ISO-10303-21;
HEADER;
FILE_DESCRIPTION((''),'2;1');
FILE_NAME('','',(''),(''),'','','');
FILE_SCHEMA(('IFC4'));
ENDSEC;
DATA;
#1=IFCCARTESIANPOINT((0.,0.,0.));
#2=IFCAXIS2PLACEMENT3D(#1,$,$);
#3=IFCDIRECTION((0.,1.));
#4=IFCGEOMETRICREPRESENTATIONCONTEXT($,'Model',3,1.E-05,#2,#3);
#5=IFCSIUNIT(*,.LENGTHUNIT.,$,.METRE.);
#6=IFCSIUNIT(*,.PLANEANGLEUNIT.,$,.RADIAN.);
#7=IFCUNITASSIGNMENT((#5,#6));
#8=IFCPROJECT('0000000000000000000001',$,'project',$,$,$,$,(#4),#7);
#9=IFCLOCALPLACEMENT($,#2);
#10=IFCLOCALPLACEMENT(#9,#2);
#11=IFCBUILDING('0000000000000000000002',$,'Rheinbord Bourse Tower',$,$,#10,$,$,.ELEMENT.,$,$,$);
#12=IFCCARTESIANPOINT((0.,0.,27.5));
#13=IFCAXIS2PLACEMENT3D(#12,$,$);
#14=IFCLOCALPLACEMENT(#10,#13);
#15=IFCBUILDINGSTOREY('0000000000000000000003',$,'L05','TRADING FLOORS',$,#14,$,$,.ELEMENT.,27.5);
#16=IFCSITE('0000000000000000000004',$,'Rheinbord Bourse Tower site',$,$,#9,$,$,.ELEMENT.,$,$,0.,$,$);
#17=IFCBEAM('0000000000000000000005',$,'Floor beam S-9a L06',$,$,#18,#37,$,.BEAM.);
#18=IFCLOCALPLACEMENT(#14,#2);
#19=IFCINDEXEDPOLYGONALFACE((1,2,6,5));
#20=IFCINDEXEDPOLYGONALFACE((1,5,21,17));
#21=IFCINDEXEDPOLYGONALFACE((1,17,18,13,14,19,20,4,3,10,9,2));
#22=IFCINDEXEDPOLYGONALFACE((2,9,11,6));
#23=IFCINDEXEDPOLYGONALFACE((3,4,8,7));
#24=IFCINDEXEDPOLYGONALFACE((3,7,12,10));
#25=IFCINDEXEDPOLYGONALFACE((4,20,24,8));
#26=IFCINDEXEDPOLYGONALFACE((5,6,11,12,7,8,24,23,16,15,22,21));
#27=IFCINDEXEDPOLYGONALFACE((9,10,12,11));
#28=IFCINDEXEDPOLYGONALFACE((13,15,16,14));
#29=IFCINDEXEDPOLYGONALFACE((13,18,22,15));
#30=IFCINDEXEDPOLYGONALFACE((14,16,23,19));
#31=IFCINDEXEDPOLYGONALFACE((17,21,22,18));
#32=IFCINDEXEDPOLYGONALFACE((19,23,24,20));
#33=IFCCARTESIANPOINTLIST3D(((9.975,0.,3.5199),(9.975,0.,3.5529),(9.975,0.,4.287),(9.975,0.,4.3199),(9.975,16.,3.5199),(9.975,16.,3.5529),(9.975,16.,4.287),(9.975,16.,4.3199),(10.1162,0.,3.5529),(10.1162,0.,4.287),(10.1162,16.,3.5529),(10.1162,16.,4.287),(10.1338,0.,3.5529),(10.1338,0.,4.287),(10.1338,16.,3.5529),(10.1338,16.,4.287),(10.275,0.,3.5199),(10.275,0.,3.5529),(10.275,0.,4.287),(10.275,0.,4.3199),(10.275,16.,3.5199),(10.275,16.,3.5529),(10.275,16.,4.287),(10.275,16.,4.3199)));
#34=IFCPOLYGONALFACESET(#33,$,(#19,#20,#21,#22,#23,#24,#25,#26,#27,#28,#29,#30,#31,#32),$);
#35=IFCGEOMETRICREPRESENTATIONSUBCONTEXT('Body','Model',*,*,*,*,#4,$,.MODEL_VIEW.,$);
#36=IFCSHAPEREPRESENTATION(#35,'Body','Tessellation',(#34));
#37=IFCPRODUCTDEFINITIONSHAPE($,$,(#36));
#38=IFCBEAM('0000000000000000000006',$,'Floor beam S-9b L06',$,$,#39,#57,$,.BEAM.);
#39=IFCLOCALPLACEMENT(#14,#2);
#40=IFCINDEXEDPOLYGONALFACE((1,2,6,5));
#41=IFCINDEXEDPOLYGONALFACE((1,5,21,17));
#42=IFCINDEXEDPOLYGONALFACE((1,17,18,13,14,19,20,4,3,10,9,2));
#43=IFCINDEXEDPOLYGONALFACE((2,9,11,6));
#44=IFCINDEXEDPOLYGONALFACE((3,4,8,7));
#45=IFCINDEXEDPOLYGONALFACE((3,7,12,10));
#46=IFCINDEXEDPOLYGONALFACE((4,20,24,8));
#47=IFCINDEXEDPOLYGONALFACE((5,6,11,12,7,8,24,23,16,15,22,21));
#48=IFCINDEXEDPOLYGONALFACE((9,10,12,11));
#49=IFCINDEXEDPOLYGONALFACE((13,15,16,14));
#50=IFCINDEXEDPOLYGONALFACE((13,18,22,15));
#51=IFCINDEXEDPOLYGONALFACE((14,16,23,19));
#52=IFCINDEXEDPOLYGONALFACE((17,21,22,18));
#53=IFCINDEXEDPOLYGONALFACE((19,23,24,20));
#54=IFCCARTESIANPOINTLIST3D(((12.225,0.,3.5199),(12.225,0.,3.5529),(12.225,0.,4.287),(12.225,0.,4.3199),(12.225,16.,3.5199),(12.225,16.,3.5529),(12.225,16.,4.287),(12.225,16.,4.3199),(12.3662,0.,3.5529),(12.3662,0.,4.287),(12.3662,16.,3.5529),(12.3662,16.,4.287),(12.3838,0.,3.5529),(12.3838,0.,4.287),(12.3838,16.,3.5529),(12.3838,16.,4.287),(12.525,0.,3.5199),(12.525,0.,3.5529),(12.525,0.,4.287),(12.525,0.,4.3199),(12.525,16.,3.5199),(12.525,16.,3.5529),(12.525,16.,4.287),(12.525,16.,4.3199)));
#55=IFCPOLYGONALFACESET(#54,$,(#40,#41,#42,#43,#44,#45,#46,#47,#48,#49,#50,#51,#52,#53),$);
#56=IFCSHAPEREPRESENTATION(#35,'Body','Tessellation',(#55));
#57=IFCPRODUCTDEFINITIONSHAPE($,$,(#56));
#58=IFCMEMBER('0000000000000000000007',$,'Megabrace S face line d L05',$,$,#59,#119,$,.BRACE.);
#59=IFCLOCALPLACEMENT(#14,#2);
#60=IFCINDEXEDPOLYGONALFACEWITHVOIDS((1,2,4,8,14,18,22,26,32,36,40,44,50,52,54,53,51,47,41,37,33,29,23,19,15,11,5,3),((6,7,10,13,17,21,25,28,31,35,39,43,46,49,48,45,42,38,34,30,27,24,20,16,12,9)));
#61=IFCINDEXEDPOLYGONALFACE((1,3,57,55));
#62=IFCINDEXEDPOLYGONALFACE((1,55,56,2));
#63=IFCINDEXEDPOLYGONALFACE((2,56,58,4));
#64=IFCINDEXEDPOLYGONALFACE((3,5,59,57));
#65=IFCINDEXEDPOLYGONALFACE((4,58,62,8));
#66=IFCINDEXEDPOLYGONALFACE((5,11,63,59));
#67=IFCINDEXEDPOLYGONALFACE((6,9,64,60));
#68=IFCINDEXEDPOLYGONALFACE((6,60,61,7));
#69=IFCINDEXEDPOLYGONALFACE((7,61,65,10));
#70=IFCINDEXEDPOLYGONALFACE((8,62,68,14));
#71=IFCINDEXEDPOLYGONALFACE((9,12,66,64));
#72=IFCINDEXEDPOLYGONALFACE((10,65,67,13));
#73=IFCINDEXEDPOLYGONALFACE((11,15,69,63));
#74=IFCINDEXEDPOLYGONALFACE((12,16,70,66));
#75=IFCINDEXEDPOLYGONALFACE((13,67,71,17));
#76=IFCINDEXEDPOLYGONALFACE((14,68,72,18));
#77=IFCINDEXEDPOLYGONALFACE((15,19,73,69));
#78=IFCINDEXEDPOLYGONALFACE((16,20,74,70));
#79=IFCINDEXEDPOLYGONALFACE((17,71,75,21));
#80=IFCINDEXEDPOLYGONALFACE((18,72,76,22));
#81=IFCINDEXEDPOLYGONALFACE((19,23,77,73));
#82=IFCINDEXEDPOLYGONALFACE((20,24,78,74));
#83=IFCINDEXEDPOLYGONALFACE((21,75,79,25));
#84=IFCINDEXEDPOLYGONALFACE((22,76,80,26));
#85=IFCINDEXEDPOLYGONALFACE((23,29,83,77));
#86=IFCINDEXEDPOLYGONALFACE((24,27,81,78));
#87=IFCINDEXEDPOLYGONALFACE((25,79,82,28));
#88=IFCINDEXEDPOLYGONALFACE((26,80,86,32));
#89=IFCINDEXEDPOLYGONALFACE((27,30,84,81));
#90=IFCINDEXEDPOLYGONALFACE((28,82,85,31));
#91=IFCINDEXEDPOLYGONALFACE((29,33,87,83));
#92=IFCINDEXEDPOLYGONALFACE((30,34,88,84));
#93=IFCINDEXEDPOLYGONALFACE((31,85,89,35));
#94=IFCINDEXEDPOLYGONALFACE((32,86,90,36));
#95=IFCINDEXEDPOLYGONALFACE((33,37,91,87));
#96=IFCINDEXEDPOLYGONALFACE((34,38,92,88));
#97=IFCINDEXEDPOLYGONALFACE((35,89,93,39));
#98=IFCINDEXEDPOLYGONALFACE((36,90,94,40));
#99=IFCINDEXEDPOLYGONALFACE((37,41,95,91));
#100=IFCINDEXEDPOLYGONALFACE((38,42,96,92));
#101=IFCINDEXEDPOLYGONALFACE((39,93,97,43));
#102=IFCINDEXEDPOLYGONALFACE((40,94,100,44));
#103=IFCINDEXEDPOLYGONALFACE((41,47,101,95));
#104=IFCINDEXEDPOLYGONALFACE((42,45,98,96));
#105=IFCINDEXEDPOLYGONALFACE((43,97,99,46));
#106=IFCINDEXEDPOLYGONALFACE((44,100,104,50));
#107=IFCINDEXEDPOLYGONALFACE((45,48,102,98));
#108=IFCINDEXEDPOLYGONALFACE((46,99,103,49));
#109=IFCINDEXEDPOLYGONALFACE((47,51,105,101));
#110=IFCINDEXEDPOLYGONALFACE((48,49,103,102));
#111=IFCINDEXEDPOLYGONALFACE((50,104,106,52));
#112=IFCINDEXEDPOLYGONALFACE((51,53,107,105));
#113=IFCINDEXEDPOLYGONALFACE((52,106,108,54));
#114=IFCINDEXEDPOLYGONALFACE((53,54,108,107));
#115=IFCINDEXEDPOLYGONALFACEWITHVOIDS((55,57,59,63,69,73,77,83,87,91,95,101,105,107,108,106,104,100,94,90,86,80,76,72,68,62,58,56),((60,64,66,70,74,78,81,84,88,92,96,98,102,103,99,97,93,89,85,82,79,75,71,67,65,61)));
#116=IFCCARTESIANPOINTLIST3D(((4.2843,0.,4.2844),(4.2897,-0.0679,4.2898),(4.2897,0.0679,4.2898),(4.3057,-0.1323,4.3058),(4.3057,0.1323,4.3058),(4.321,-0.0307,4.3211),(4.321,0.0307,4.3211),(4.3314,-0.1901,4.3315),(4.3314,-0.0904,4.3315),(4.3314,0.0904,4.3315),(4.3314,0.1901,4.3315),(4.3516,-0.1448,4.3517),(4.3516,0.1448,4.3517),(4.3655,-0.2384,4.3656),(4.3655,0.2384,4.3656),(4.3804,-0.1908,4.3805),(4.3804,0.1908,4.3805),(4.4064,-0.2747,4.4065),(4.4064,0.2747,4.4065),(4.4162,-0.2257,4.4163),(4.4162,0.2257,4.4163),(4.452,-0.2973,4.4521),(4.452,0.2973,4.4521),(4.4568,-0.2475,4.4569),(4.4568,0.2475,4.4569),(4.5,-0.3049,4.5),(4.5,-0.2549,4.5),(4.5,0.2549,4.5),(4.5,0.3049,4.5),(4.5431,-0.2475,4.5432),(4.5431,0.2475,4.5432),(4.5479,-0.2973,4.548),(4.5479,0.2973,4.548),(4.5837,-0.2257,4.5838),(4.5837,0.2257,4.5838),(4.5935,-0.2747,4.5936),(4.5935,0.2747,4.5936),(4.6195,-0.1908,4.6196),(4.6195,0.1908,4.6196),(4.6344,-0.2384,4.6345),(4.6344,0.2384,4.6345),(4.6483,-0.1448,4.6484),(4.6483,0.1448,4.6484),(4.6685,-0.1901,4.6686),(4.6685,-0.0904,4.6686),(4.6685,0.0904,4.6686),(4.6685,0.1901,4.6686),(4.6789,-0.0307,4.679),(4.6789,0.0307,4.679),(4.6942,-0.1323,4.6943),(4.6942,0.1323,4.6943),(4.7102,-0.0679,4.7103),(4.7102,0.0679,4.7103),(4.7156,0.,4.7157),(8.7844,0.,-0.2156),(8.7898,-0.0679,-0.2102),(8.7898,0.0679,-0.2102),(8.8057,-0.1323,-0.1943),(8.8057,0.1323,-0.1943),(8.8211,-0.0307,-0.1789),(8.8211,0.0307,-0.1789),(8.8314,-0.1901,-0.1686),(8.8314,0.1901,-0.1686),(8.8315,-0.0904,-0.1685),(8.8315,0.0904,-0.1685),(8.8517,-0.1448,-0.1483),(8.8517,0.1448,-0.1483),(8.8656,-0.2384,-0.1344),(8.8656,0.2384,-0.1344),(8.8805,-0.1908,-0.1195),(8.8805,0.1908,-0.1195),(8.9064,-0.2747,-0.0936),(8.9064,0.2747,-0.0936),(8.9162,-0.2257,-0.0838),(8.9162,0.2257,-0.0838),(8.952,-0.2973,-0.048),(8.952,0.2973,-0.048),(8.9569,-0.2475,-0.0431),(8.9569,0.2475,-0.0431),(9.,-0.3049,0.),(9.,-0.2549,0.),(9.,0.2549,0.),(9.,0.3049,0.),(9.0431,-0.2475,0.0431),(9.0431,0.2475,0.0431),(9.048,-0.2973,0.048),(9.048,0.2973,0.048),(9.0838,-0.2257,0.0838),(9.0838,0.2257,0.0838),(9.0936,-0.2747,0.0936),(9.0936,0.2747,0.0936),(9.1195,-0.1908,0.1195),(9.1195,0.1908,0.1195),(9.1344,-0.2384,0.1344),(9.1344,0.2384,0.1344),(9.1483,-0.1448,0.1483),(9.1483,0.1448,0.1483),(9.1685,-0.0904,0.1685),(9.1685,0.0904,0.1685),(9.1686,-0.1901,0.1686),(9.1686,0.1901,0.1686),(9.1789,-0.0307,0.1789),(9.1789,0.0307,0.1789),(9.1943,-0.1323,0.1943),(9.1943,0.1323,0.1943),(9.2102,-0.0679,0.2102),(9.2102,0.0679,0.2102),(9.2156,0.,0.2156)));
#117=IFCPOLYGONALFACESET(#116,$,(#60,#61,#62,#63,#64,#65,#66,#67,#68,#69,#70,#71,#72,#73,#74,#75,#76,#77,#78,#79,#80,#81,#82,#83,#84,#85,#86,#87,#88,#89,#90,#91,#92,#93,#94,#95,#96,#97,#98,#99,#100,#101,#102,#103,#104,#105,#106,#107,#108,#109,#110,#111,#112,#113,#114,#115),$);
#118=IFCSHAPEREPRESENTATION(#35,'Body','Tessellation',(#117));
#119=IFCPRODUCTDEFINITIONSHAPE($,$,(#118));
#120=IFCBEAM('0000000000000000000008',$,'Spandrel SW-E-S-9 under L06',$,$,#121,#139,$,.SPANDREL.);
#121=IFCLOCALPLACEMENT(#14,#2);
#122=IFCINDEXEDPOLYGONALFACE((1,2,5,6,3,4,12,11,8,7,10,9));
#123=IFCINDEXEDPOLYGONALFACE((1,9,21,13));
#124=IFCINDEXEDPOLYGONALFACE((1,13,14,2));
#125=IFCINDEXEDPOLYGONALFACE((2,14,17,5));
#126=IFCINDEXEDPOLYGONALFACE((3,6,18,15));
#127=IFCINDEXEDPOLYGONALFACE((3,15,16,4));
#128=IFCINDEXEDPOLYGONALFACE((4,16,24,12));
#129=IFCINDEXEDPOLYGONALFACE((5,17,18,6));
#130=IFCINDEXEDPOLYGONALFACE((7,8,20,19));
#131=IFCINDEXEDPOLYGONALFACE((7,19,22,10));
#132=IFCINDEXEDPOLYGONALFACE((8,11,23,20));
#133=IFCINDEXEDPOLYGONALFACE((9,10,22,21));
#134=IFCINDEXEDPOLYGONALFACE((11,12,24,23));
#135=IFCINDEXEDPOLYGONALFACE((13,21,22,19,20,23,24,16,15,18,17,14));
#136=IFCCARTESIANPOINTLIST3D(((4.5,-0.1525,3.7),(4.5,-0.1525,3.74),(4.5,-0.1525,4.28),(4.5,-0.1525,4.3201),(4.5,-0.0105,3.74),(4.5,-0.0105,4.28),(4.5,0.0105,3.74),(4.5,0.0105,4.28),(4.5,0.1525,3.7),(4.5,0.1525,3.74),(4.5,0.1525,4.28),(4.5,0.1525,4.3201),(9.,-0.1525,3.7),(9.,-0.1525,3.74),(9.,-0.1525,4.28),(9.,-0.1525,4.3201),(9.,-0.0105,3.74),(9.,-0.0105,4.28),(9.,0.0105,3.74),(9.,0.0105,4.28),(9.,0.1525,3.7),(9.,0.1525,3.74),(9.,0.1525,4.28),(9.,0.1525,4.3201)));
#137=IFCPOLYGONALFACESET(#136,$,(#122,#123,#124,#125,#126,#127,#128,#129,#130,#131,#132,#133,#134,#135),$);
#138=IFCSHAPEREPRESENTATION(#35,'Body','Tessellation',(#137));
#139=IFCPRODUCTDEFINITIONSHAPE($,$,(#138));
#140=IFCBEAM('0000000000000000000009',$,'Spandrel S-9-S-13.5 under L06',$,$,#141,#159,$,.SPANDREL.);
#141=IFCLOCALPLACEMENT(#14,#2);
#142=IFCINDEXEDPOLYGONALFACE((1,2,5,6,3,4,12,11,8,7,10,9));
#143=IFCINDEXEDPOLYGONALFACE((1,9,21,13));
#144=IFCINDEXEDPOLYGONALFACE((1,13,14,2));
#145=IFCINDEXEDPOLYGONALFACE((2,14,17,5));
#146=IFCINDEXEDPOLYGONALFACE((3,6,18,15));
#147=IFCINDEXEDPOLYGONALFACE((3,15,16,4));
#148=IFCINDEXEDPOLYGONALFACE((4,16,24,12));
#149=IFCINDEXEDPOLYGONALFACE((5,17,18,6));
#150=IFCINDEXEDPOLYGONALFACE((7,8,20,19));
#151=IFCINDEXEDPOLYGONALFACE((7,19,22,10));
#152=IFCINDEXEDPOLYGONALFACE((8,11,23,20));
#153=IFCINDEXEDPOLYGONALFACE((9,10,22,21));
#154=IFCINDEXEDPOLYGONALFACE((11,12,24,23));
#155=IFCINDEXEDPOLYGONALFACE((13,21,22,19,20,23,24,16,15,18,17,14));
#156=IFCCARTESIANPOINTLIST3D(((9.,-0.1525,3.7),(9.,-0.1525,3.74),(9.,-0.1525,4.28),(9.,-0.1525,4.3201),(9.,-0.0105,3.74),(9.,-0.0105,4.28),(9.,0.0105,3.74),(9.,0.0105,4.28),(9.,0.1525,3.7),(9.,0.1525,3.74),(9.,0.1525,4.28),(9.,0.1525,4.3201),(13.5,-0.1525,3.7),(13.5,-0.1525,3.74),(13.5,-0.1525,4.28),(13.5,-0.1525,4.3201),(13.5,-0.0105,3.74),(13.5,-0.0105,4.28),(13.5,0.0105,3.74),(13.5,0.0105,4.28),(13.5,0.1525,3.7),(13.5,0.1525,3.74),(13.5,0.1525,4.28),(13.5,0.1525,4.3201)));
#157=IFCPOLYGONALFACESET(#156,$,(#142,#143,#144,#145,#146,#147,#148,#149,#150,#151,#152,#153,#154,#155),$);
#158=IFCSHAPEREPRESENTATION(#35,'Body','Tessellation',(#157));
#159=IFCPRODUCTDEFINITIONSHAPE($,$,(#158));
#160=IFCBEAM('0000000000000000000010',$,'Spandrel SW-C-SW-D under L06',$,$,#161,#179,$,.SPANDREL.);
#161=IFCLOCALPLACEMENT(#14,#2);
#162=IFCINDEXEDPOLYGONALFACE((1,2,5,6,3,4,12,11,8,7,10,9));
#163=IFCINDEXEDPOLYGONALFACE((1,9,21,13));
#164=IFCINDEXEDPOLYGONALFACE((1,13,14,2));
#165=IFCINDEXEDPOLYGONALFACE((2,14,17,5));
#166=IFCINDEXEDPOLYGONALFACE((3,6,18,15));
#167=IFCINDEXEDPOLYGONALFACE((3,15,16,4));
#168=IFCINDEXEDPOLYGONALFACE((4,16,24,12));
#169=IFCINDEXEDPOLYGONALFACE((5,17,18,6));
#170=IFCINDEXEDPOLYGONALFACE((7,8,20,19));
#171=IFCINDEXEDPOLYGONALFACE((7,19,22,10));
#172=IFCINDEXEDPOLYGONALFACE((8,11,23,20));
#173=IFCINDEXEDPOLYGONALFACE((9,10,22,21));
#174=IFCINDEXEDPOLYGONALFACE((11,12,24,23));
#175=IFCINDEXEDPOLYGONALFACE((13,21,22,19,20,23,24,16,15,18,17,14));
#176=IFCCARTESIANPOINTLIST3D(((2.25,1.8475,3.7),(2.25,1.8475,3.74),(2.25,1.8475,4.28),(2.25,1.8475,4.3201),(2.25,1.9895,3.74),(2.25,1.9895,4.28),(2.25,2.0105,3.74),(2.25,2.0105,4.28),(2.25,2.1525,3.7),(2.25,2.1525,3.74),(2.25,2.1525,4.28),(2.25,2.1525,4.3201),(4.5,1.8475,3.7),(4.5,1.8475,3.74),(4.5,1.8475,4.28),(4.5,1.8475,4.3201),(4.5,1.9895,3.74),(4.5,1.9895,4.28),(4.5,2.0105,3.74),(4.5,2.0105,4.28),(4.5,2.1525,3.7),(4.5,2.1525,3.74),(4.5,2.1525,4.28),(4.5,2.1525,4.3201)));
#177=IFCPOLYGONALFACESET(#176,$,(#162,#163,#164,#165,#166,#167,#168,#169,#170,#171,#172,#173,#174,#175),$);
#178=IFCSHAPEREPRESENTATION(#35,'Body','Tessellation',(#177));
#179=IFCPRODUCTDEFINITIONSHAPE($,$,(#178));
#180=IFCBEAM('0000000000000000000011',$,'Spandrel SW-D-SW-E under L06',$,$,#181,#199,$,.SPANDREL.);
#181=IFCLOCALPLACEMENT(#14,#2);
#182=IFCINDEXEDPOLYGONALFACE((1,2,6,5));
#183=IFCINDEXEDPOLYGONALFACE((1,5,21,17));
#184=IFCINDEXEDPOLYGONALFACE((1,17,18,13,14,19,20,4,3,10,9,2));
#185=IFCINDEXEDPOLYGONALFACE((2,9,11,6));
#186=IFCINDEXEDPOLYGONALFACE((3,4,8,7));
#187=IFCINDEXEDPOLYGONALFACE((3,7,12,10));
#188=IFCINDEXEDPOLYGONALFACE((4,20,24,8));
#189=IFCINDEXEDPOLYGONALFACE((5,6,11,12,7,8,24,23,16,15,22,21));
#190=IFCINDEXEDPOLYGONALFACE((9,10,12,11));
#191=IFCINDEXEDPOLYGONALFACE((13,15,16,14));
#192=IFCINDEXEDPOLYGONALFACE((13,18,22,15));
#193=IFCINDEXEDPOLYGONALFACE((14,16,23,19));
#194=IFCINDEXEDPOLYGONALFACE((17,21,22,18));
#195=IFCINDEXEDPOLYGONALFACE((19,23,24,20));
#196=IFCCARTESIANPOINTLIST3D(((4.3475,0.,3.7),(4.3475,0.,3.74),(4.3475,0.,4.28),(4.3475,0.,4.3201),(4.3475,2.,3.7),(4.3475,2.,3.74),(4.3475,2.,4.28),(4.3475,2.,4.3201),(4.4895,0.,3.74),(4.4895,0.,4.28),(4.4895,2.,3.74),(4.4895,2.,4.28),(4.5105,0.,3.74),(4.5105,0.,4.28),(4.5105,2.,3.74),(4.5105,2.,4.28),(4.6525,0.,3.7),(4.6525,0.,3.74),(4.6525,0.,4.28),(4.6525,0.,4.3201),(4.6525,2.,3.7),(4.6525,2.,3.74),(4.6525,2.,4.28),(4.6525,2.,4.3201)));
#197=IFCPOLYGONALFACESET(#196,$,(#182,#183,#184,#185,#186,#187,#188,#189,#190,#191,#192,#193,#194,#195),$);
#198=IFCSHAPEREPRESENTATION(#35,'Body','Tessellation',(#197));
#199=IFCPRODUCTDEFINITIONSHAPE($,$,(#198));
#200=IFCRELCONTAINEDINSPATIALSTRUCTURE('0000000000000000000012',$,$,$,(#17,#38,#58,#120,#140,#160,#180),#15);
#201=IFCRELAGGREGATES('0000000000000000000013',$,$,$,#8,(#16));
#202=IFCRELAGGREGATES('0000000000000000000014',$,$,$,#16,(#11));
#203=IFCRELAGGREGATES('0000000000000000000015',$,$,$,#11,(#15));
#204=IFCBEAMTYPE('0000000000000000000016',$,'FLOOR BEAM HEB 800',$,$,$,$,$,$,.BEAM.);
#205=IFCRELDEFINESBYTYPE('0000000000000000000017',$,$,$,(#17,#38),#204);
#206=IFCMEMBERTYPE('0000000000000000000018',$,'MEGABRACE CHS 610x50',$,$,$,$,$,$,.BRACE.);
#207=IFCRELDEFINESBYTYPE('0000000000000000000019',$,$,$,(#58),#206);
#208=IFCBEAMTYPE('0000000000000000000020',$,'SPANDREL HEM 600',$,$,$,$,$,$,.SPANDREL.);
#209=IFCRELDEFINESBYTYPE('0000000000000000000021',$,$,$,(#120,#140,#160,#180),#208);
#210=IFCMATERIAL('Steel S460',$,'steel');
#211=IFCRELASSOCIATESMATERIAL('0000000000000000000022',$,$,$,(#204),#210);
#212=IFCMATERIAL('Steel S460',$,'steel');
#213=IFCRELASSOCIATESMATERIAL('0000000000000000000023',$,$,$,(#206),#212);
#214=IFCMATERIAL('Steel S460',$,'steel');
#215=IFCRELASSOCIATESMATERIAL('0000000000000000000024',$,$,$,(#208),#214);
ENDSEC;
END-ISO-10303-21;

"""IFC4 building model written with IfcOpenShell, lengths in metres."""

from ifc_helpers import new_model, si_unit, direction, frame, origin, origin_2d, place, context, subcontext, project, spatial, hollow_circle, i_section, extrude, material, material_profile, profile_set, type_object, element, save


model = new_model("IFC4")

# Units and contexts
model_context = context("Model", 3, precision=1e-05, world=origin(), true_north=direction((0.0, 1.0)))
body_context = subcontext(model_context, "Body", "Model", "MODEL_VIEW")
ifc_project = project(units=[si_unit("LENGTHUNIT", "METRE"), si_unit("PLANEANGLEUNIT", "RADIAN")], contexts=[model_context])

# Site, building, storey
site_placement = place(None, origin())
site = spatial("IfcSite", under=ifc_project, at=site_placement, Name="Rheinbord Bourse Tower site", CompositionType="ELEMENT", RefElevation=0.0)
building_placement = place(site_placement, origin())
building = spatial("IfcBuilding", under=site, at=building_placement, Name="Rheinbord Bourse Tower", CompositionType="ELEMENT")
storey_placement = place(building_placement, frame((0.0, 0.0, 27.5)))
storey = spatial("IfcBuildingStorey", under=building, at=storey_placement, Name="L05", Description="TRADING FLOORS", CompositionType="ELEMENT", Elevation=27.5)

# Beams
ifc_material_1 = material(Name="Steel S460", Category="steel")
ifc_material_profile_1 = material_profile(ifc_material_1, i_section(OverallWidth=0.3, OverallDepth=0.8, WebThickness=0.0176, FlangeThickness=0.033, at=origin_2d()), Name="HEB 800")
ifc_profile_set_1 = profile_set([ifc_material_profile_1], Name="Steel S460")
beam_type_1 = type_object("IfcBeamType", Name="FLOOR BEAM HEB 800", PredefinedType="BEAM", material=ifc_profile_set_1)
for number, where, z_axis, x_axis, name in (
    (1, (10.125, 0.0, 3.9199), (0.0, 1.0, 0.0), (-1.0, 0.0, 0.0), "Floor beam S-9a L06"),
    (2, (12.375, 0.0, 3.9199), (0.0, 1.0, 0.0), (-1.0, 0.0, 0.0), "Floor beam S-9b L06"),
):
    element("IfcBeam", number, at=place(storey_placement, frame(where, z_axis=z_axis, x_axis=x_axis)), inside=storey, type_object=beam_type_1, Name=name, PredefinedType="BEAM", context=body_context, shape_type="SweptSolid", body=[
        extrude(i_section(OverallWidth=0.3, OverallDepth=0.8, WebThickness=0.0176, FlangeThickness=0.033, at=origin_2d()), origin(), (0.0, 0.0, 1.0), 16.0),
    ])

# Member
ifc_material_2 = material(Name="Steel S460", Category="steel")
ifc_material_profile_2 = material_profile(ifc_material_2, hollow_circle(Radius=0.3049, WallThickness=0.05, at=origin_2d()), Name="CHS 610x50")
ifc_profile_set_2 = profile_set([ifc_material_profile_2], Name="Steel S460")
member_type_1 = type_object("IfcMemberType", Name="MEGABRACE CHS 610x50", PredefinedType="BRACE", material=ifc_profile_set_2)
member_1_placement = place(storey_placement, frame((9.0, 0.0, 0.0), z_axis=(-0.707107, 0.0, 0.707107), x_axis=(0.0, -1.0, 0.0)))
element("IfcMember", 3, at=member_1_placement, inside=storey, type_object=member_type_1, Name="Megabrace S face line d L05", PredefinedType="BRACE", context=body_context, shape_type="SweptSolid", body=[
    extrude(hollow_circle(Radius=0.3049, WallThickness=0.05, at=origin_2d()), origin(), (0.0, 0.0, 1.0), 6.364),
])

# Beams
ifc_material_3 = material(Name="Steel S460", Category="steel")
ifc_material_profile_3 = material_profile(ifc_material_3, i_section(OverallWidth=0.3049, OverallDepth=0.6201, WebThickness=0.021, FlangeThickness=0.04, at=origin_2d()), Name="HEM 600")
ifc_profile_set_3 = profile_set([ifc_material_profile_3], Name="Steel S460")
beam_type_2 = type_object("IfcBeamType", Name="SPANDREL HEM 600", PredefinedType="SPANDREL", material=ifc_profile_set_3)
for number, where, z_axis, x_axis, name in (
    (4, (4.5, 0.0, 4.01), (1.0, 0.0, 0.0), (0.0, 1.0, 0.0), "Spandrel SW-E-S-9 under L06"),
    (5, (9.0, 0.0, 4.01), (1.0, 0.0, 0.0), (0.0, 1.0, 0.0), "Spandrel S-9-S-13.5 under L06"),
):
    element("IfcBeam", number, at=place(storey_placement, frame(where, z_axis=z_axis, x_axis=x_axis)), inside=storey, type_object=beam_type_2, Name=name, PredefinedType="SPANDREL", context=body_context, shape_type="SweptSolid", body=[
        extrude(i_section(OverallWidth=0.3049, OverallDepth=0.6201, WebThickness=0.021, FlangeThickness=0.04, at=origin_2d()), origin(), (0.0, 0.0, 1.0), 4.5),
    ])
beam_1_placement = place(storey_placement, frame((2.25, 2.0, 4.01), z_axis=(1.0, 0.0, 0.0), x_axis=(0.0, 1.0, 0.0)))
element("IfcBeam", 6, at=beam_1_placement, inside=storey, type_object=beam_type_2, Name="Spandrel SW-C-SW-D under L06", PredefinedType="SPANDREL", context=body_context, shape_type="SweptSolid", body=[
    extrude(i_section(OverallWidth=0.3049, OverallDepth=0.6201, WebThickness=0.021, FlangeThickness=0.04, at=origin_2d()), origin(), (0.0, 0.0, 1.0), 2.25),
])
beam_2_placement = place(storey_placement, frame((4.5, 2.0, 4.01), z_axis=(0.0, -1.0, 0.0), x_axis=(1.0, 0.0, 0.0)))
element("IfcBeam", 7, at=beam_2_placement, inside=storey, type_object=beam_type_2, Name="Spandrel SW-D-SW-E under L06", PredefinedType="SPANDREL", context=body_context, shape_type="SweptSolid", body=[
    extrude(i_section(OverallWidth=0.3049, OverallDepth=0.6201, WebThickness=0.021, FlangeThickness=0.04, at=origin_2d()), origin(), (0.0, 0.0, 1.0), 2.0),
])

save(model, "model.ifc")
